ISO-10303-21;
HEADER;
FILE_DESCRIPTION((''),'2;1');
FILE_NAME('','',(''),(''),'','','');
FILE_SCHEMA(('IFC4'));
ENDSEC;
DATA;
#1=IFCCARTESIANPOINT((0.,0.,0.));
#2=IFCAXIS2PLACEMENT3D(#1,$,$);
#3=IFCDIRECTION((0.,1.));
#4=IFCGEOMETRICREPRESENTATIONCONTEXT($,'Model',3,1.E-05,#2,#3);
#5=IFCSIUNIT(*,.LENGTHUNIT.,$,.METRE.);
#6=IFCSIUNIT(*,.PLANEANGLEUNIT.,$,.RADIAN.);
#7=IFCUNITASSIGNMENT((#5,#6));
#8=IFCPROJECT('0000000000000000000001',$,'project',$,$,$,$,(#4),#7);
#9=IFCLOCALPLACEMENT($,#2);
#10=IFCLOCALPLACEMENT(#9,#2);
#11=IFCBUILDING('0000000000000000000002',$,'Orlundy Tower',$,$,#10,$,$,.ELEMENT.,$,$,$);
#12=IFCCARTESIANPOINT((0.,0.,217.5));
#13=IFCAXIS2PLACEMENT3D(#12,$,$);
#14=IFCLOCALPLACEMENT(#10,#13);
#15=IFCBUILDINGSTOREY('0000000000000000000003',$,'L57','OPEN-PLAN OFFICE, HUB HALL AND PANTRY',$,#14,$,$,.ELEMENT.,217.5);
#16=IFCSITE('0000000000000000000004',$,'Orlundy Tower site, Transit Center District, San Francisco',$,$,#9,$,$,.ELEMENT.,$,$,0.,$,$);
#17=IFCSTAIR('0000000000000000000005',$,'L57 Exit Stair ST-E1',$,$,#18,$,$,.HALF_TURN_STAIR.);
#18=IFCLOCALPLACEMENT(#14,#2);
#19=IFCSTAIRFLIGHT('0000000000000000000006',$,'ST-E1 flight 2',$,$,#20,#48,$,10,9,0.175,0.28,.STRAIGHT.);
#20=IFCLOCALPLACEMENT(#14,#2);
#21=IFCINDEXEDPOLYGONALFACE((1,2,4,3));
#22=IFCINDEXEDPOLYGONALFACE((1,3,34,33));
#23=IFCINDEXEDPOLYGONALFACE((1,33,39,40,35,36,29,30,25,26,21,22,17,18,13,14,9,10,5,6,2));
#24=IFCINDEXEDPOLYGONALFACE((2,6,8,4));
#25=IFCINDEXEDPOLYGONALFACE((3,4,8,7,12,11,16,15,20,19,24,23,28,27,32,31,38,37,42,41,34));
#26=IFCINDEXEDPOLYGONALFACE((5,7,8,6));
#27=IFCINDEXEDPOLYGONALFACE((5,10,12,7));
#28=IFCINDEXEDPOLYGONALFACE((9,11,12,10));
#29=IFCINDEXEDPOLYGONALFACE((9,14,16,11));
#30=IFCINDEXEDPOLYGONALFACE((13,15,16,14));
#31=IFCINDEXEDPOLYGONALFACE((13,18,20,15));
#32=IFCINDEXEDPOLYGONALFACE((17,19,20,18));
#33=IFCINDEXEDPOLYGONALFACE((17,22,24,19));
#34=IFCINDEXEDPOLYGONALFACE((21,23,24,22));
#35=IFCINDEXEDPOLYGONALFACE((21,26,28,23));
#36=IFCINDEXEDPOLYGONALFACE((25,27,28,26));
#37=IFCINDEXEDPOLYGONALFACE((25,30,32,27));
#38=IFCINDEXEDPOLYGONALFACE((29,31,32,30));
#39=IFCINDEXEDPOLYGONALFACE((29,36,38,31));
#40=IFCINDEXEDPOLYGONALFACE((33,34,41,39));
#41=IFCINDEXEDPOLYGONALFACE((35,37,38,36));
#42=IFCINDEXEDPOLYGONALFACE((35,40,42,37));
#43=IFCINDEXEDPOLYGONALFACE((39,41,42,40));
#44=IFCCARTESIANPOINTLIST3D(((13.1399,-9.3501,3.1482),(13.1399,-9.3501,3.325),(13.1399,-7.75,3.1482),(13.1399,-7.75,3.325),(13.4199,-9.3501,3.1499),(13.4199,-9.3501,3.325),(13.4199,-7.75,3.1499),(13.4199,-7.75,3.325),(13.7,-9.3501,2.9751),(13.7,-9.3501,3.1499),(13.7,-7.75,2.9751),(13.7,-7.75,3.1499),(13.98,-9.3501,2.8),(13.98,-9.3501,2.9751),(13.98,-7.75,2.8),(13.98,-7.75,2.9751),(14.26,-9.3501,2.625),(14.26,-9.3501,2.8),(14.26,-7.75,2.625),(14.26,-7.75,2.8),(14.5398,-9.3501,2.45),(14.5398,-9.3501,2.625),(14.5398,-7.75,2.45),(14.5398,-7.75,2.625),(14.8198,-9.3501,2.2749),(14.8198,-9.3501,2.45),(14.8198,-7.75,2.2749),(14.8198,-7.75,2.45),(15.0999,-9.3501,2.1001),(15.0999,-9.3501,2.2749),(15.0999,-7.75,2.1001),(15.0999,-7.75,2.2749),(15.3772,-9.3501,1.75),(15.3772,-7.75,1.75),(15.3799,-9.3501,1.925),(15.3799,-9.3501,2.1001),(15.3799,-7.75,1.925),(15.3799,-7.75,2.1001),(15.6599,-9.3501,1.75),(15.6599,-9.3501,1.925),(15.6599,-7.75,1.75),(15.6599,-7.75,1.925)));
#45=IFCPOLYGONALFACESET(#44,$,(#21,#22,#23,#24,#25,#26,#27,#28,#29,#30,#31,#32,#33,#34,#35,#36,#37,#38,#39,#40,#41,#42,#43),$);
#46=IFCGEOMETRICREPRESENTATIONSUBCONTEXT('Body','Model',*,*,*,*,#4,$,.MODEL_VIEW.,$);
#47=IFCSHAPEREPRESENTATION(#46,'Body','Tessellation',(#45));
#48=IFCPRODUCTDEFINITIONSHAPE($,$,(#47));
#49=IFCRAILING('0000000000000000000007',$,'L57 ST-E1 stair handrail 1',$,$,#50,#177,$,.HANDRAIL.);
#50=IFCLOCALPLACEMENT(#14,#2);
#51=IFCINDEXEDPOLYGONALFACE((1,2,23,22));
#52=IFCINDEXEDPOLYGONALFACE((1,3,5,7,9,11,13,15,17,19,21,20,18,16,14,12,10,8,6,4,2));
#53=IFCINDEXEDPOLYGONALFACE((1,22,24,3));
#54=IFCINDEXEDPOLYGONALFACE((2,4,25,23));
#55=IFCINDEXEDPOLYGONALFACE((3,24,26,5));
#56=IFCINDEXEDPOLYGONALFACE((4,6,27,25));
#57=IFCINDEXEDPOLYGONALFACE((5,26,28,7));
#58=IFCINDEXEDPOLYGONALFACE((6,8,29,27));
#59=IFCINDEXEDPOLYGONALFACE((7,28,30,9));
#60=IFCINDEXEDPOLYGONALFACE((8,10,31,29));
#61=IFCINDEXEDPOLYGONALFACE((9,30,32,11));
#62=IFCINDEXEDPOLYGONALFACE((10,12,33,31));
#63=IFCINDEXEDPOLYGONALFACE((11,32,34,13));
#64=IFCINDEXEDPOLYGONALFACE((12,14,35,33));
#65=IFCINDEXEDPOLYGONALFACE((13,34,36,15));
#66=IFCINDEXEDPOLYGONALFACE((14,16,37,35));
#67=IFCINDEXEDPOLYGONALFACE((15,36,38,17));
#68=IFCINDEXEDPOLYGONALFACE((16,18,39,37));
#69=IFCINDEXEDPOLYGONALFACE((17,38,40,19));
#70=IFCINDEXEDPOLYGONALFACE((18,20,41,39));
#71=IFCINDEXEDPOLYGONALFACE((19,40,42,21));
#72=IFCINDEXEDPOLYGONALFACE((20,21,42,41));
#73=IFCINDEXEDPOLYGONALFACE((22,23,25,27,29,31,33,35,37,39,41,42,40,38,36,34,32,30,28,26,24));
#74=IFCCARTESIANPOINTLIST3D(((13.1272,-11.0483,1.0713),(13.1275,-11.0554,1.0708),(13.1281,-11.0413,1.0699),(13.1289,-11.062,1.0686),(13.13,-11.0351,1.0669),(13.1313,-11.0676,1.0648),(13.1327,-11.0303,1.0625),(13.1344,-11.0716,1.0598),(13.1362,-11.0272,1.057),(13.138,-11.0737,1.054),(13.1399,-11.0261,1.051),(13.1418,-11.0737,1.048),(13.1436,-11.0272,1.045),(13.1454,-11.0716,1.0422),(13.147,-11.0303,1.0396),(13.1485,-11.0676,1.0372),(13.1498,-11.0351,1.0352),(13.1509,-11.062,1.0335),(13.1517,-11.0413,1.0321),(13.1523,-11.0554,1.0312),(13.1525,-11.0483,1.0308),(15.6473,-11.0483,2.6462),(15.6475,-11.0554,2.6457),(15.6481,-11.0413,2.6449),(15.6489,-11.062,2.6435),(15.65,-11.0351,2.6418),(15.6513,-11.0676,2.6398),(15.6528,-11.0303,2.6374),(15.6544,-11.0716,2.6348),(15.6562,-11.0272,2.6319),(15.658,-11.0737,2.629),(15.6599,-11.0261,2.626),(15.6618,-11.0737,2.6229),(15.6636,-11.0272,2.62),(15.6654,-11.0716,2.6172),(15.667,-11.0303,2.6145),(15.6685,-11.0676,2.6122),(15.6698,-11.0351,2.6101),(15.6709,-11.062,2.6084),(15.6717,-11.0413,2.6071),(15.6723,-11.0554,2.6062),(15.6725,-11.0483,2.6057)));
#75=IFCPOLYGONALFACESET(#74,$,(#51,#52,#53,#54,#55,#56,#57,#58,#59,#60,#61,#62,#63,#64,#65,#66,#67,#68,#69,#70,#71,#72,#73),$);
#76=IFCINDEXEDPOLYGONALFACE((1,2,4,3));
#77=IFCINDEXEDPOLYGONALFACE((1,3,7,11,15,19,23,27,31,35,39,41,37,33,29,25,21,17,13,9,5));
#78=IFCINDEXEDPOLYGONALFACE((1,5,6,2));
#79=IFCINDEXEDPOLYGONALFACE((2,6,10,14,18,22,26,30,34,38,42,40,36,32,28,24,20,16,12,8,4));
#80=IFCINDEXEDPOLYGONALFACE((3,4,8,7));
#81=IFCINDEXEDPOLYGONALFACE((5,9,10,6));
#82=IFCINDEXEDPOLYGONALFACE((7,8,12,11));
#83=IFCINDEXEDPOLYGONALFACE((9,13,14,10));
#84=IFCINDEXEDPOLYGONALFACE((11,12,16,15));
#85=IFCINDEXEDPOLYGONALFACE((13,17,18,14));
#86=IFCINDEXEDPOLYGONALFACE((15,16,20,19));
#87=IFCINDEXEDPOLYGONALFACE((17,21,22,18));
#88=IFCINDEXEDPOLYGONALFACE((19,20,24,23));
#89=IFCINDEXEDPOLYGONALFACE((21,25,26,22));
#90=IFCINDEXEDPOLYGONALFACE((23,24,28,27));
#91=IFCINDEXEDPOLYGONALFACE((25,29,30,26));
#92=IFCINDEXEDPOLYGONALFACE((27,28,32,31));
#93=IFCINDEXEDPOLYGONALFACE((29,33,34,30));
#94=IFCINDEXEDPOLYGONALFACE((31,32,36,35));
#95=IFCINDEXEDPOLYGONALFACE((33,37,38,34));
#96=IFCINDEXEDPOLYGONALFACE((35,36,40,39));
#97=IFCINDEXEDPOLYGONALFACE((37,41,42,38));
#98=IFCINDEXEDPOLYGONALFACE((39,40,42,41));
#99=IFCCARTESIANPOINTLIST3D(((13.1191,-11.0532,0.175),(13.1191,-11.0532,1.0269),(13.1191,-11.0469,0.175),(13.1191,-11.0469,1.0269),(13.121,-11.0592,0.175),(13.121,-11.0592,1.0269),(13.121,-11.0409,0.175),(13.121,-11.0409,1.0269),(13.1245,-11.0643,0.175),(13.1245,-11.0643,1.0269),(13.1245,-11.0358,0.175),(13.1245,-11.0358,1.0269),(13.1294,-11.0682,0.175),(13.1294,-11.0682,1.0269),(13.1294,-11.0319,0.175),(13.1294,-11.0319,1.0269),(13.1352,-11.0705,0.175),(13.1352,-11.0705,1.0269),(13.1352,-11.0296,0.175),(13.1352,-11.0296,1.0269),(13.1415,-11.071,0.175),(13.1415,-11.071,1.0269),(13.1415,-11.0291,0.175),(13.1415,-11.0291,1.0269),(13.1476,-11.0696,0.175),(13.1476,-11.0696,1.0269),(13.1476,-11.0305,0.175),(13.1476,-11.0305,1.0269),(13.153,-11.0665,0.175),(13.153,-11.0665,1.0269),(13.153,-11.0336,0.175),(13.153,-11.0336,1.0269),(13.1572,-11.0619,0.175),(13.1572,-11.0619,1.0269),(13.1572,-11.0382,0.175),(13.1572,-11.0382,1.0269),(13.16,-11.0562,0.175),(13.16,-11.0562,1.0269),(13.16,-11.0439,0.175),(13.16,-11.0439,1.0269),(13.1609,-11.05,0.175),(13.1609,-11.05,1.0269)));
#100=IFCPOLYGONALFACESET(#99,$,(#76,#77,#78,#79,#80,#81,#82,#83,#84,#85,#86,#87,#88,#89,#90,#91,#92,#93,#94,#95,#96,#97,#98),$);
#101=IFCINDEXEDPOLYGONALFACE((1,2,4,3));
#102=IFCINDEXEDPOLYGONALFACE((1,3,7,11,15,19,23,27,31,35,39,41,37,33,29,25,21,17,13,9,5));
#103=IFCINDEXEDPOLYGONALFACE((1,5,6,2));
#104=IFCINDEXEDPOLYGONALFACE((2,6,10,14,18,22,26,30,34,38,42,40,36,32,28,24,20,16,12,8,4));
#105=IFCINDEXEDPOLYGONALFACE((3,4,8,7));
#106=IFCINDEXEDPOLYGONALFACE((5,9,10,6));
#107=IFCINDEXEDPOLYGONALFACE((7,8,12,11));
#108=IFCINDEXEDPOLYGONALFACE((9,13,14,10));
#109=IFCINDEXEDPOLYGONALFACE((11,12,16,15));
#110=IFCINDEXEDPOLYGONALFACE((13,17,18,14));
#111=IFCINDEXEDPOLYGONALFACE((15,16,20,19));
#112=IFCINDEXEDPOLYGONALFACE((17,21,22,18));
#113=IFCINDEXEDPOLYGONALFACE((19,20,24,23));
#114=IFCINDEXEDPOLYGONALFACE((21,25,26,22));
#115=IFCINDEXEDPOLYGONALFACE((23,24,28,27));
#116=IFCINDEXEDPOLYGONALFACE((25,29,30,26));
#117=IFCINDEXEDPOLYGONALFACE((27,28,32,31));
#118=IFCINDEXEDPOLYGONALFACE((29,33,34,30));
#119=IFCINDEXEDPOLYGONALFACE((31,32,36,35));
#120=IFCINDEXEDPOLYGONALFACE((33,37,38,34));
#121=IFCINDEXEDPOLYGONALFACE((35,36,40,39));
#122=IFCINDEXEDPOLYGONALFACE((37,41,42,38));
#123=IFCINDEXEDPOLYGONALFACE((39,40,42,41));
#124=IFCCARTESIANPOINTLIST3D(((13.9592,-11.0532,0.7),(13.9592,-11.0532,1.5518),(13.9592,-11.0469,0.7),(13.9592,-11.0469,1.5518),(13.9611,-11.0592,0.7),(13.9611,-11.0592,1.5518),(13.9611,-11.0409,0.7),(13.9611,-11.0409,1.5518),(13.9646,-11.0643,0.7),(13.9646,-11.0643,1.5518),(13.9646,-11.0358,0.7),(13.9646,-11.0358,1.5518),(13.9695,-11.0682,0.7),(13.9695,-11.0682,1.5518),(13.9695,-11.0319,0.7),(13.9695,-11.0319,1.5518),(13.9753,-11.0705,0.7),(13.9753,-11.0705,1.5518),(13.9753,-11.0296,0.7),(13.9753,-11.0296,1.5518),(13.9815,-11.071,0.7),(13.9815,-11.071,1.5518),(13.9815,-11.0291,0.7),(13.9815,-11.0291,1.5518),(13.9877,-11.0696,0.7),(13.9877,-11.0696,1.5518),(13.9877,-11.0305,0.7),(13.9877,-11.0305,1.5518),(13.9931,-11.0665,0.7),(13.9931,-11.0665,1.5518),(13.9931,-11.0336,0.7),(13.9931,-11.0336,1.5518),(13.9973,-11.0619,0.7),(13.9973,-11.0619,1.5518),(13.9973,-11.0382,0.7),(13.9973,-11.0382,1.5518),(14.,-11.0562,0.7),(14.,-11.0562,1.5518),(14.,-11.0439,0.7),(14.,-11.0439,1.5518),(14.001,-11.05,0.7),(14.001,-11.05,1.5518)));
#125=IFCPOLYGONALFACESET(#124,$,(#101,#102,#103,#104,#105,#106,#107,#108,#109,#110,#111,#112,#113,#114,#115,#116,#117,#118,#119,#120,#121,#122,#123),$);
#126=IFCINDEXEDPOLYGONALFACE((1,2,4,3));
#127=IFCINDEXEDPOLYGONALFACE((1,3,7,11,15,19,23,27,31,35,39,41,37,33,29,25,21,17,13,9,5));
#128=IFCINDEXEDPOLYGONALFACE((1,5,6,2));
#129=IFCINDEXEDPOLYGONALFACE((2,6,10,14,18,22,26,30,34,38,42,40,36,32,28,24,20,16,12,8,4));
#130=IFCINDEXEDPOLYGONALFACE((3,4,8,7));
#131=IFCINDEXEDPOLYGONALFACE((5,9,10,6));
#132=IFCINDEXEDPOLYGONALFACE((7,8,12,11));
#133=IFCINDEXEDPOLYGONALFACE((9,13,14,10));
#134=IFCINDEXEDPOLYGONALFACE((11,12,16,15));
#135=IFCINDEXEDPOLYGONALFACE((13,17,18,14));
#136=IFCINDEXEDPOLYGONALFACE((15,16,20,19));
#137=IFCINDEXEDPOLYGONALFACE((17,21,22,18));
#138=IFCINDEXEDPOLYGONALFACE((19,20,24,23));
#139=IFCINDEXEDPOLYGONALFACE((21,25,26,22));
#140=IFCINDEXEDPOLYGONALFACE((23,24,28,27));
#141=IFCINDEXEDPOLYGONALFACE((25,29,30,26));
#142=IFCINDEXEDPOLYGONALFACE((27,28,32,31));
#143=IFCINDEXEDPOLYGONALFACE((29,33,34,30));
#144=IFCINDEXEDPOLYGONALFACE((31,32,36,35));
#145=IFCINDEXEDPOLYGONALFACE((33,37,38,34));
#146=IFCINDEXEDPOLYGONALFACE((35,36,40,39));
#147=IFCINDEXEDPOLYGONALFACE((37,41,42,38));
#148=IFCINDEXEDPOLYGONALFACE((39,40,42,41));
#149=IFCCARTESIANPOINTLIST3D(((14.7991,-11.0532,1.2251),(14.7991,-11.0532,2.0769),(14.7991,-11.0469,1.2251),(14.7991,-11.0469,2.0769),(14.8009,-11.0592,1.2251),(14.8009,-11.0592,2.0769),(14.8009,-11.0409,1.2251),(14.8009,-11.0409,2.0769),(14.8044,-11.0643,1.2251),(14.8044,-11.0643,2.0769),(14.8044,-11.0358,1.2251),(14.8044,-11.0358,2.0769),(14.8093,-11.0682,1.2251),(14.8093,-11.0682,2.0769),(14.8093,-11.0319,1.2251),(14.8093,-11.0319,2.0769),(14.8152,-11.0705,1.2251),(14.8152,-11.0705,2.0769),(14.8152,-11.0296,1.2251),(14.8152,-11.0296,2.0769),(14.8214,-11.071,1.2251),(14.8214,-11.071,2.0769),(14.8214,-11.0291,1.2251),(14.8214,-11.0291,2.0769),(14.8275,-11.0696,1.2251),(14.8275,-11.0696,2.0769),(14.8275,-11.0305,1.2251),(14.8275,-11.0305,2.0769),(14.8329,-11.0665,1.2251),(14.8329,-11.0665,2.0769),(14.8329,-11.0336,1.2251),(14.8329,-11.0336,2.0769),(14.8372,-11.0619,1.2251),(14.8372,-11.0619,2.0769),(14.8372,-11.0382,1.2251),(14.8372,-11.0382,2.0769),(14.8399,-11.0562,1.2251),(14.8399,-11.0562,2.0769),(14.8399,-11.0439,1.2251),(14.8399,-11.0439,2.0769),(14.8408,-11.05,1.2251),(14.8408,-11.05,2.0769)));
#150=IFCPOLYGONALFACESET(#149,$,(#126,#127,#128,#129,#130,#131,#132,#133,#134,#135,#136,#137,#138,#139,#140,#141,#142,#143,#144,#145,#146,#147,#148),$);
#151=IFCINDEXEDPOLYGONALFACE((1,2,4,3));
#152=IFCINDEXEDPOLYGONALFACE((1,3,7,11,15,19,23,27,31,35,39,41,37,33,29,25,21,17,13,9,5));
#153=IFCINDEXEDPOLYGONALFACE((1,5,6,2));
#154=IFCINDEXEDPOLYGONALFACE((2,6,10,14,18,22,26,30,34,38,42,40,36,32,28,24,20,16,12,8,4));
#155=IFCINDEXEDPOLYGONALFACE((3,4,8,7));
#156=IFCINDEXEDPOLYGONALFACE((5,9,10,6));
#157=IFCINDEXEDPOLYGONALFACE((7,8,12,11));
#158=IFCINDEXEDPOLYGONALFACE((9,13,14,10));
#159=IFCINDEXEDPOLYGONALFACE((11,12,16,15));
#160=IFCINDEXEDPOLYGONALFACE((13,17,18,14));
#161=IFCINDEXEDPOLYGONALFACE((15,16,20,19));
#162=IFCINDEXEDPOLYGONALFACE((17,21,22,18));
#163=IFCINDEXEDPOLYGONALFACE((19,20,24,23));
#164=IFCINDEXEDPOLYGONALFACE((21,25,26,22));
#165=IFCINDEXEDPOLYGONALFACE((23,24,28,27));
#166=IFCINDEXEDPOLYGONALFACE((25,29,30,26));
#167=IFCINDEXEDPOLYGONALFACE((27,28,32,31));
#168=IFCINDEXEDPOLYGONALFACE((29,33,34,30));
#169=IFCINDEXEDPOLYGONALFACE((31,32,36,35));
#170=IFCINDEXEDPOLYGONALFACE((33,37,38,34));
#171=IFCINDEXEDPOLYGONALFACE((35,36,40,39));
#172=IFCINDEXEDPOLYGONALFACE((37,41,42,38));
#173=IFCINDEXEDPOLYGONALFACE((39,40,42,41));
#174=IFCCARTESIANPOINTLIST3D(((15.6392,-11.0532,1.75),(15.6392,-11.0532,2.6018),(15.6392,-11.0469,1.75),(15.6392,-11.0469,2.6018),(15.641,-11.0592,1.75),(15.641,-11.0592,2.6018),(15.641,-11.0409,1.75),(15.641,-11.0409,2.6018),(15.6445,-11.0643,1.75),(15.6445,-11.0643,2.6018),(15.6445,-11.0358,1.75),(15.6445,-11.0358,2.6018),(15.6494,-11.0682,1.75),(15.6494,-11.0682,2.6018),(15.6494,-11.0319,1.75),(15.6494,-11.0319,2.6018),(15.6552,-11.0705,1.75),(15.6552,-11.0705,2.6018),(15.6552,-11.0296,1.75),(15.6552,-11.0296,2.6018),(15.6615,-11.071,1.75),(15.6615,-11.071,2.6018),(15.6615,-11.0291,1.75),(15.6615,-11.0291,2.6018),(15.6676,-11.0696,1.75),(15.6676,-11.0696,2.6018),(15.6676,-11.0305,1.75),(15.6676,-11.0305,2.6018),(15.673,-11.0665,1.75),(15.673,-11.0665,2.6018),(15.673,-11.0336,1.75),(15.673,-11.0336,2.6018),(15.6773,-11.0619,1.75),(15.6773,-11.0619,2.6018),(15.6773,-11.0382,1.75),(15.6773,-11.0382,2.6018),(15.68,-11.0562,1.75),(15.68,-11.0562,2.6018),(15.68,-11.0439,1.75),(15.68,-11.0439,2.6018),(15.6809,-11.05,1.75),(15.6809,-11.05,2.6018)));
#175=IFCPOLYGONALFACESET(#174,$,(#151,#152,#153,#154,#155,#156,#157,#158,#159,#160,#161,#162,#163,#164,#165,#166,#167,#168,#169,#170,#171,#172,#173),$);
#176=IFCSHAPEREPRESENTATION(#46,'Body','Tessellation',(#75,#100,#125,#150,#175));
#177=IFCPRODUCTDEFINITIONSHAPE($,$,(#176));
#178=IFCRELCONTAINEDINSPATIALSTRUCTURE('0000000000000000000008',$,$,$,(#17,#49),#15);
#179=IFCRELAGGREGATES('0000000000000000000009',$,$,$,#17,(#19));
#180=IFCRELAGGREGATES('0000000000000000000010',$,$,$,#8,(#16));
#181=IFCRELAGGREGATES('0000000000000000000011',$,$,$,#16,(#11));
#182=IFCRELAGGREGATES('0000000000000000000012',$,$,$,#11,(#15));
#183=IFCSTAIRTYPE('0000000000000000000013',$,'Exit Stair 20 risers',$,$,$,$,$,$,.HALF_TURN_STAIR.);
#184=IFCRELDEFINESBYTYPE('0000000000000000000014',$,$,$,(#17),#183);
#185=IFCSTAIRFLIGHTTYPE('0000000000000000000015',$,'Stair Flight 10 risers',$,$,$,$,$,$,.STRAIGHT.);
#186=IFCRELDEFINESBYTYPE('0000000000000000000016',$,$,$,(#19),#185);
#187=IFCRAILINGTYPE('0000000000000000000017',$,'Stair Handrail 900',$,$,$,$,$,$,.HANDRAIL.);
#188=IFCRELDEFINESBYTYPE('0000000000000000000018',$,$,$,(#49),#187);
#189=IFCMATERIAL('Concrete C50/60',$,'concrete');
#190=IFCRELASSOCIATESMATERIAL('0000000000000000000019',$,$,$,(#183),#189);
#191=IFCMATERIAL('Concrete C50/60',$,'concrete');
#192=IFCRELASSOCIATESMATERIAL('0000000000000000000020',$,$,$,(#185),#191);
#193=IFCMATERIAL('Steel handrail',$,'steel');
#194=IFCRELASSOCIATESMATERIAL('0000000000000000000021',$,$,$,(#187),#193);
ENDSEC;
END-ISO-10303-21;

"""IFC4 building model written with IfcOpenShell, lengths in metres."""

from ifc_helpers import new_model, si_unit, direction, frame, origin, origin_2d, place, context, subcontext, project, spatial, polyline, circle, outline, extrude, material, type_object, element, aggregate, save


model = new_model("IFC4")

# Units and contexts
model_context = context("Model", 3, precision=1e-05, world=origin(), true_north=direction((0.0, 1.0)))
body_context = subcontext(model_context, "Body", "Model", "MODEL_VIEW")
ifc_project = project(units=[si_unit("LENGTHUNIT", "METRE"), si_unit("PLANEANGLEUNIT", "RADIAN")], contexts=[model_context])

# Site, building, storey
site_placement = place(None, origin())
site = spatial("IfcSite", under=ifc_project, at=site_placement, Name="Orlundy Tower site, Transit Center District, San Francisco", CompositionType="ELEMENT", RefElevation=0.0)
building_placement = place(site_placement, origin())
building = spatial("IfcBuilding", under=site, at=building_placement, Name="Orlundy Tower", CompositionType="ELEMENT")
storey_placement = place(building_placement, frame((0.0, 0.0, 217.5)))
storey = spatial("IfcBuildingStorey", under=building, at=storey_placement, Name="L57", Description="OPEN-PLAN OFFICE, HUB HALL AND PANTRY", CompositionType="ELEMENT", Elevation=217.5)

# Stair, stair flight
ifc_material_1 = material(Name="Concrete C50/60", Category="concrete")
stair_type = type_object("IfcStairType", Name="Exit Stair 20 risers", PredefinedType="HALF_TURN_STAIR", material=ifc_material_1)
stair_placement = place(storey_placement, origin())
stair = element("IfcStair", 1, at=stair_placement, inside=storey, type_object=stair_type, Name="L57 Exit Stair ST-E1", PredefinedType="HALF_TURN_STAIR")
ifc_material_2 = material(Name="Concrete C50/60", Category="concrete")
stair_flight_type = type_object("IfcStairFlightType", Name="Stair Flight 10 risers", PredefinedType="STRAIGHT", material=ifc_material_2)
stair_flight_1_placement = place(storey_placement, frame((15.6599, -8.55, 1.75), z_axis=(0.0, 0.0, 1.0), x_axis=(-1.0, 0.0, 0.0)))
stair_flight_1 = element("IfcStairFlight", 2, at=stair_flight_1_placement, type_object=stair_flight_type, Name="ST-E1 flight 2", NumberOfRisers=10, NumberOfTreads=9, PredefinedType="STRAIGHT", RiserHeight=0.175, TreadLength=0.28, context=body_context, shape_type="SweptSolid", body=[
    extrude(outline(polyline([(0.0, 0.0), (0.0, 0.175), (0.28, 0.175), (0.28, 0.3501), (0.5601, 0.3501), (0.5601, 0.5249), (0.8401, 0.5249), (0.8401, 0.7), (1.1201, 0.7), (1.1201, 0.875), (1.3999, 0.875), (1.3999, 1.05), (1.6799, 1.05), (1.6799, 1.2251), (1.96, 1.2251), (1.96, 1.3999), (2.24, 1.3999), (2.24, 1.575), (2.52, 1.575), (2.52, 1.75), (2.52, 1.3982), (0.2827, 0.0), (0.0, 0.0)])), frame((0.0, 0.8, 0.0), z_axis=(0.0, -1.0, 0.0), x_axis=(1.0, 0.0, 0.0)), (0.0, 0.0, 1.0), 1.6001),
])
aggregate(stair, [stair_flight_1])

# Railing
ifc_material_3 = material(Name="Steel handrail", Category="steel")
railing_type_1 = type_object("IfcRailingType", Name="Stair Handrail 900", PredefinedType="HANDRAIL", material=ifc_material_3)
railing_1_placement = place(storey_placement, frame((13.1399, -11.05, 0.175)))
element("IfcRailing", 3, at=railing_1_placement, inside=storey, type_object=railing_type_1, Name="L57 ST-E1 stair handrail 1", PredefinedType="HANDRAIL", context=body_context, shape_type="SweptSolid", body=[
    extrude(circle(Radius=0.0239, at=origin_2d()), frame((0.0, 0.0, 0.876), z_axis=(0.848008, 0.0, 0.529984), x_axis=(0.0, 1.0, 0.0)), (0.0, 0.0, 1.0), 2.9717),
    extrude(circle(Radius=0.021, at=origin_2d()), origin(), (0.0, 0.0, 1.0), 0.8518),
    extrude(circle(Radius=0.021, at=origin_2d()), frame((0.8401, 0.0, 0.5249)), (0.0, 0.0, 1.0), 0.8518),
    extrude(circle(Radius=0.021, at=origin_2d()), frame((1.6799, 0.0, 1.05)), (0.0, 0.0, 1.0), 0.8518),
    extrude(circle(Radius=0.021, at=origin_2d()), frame((2.52, 0.0, 1.575)), (0.0, 0.0, 1.0), 0.8518),
])

save(model, "model.ifc")
